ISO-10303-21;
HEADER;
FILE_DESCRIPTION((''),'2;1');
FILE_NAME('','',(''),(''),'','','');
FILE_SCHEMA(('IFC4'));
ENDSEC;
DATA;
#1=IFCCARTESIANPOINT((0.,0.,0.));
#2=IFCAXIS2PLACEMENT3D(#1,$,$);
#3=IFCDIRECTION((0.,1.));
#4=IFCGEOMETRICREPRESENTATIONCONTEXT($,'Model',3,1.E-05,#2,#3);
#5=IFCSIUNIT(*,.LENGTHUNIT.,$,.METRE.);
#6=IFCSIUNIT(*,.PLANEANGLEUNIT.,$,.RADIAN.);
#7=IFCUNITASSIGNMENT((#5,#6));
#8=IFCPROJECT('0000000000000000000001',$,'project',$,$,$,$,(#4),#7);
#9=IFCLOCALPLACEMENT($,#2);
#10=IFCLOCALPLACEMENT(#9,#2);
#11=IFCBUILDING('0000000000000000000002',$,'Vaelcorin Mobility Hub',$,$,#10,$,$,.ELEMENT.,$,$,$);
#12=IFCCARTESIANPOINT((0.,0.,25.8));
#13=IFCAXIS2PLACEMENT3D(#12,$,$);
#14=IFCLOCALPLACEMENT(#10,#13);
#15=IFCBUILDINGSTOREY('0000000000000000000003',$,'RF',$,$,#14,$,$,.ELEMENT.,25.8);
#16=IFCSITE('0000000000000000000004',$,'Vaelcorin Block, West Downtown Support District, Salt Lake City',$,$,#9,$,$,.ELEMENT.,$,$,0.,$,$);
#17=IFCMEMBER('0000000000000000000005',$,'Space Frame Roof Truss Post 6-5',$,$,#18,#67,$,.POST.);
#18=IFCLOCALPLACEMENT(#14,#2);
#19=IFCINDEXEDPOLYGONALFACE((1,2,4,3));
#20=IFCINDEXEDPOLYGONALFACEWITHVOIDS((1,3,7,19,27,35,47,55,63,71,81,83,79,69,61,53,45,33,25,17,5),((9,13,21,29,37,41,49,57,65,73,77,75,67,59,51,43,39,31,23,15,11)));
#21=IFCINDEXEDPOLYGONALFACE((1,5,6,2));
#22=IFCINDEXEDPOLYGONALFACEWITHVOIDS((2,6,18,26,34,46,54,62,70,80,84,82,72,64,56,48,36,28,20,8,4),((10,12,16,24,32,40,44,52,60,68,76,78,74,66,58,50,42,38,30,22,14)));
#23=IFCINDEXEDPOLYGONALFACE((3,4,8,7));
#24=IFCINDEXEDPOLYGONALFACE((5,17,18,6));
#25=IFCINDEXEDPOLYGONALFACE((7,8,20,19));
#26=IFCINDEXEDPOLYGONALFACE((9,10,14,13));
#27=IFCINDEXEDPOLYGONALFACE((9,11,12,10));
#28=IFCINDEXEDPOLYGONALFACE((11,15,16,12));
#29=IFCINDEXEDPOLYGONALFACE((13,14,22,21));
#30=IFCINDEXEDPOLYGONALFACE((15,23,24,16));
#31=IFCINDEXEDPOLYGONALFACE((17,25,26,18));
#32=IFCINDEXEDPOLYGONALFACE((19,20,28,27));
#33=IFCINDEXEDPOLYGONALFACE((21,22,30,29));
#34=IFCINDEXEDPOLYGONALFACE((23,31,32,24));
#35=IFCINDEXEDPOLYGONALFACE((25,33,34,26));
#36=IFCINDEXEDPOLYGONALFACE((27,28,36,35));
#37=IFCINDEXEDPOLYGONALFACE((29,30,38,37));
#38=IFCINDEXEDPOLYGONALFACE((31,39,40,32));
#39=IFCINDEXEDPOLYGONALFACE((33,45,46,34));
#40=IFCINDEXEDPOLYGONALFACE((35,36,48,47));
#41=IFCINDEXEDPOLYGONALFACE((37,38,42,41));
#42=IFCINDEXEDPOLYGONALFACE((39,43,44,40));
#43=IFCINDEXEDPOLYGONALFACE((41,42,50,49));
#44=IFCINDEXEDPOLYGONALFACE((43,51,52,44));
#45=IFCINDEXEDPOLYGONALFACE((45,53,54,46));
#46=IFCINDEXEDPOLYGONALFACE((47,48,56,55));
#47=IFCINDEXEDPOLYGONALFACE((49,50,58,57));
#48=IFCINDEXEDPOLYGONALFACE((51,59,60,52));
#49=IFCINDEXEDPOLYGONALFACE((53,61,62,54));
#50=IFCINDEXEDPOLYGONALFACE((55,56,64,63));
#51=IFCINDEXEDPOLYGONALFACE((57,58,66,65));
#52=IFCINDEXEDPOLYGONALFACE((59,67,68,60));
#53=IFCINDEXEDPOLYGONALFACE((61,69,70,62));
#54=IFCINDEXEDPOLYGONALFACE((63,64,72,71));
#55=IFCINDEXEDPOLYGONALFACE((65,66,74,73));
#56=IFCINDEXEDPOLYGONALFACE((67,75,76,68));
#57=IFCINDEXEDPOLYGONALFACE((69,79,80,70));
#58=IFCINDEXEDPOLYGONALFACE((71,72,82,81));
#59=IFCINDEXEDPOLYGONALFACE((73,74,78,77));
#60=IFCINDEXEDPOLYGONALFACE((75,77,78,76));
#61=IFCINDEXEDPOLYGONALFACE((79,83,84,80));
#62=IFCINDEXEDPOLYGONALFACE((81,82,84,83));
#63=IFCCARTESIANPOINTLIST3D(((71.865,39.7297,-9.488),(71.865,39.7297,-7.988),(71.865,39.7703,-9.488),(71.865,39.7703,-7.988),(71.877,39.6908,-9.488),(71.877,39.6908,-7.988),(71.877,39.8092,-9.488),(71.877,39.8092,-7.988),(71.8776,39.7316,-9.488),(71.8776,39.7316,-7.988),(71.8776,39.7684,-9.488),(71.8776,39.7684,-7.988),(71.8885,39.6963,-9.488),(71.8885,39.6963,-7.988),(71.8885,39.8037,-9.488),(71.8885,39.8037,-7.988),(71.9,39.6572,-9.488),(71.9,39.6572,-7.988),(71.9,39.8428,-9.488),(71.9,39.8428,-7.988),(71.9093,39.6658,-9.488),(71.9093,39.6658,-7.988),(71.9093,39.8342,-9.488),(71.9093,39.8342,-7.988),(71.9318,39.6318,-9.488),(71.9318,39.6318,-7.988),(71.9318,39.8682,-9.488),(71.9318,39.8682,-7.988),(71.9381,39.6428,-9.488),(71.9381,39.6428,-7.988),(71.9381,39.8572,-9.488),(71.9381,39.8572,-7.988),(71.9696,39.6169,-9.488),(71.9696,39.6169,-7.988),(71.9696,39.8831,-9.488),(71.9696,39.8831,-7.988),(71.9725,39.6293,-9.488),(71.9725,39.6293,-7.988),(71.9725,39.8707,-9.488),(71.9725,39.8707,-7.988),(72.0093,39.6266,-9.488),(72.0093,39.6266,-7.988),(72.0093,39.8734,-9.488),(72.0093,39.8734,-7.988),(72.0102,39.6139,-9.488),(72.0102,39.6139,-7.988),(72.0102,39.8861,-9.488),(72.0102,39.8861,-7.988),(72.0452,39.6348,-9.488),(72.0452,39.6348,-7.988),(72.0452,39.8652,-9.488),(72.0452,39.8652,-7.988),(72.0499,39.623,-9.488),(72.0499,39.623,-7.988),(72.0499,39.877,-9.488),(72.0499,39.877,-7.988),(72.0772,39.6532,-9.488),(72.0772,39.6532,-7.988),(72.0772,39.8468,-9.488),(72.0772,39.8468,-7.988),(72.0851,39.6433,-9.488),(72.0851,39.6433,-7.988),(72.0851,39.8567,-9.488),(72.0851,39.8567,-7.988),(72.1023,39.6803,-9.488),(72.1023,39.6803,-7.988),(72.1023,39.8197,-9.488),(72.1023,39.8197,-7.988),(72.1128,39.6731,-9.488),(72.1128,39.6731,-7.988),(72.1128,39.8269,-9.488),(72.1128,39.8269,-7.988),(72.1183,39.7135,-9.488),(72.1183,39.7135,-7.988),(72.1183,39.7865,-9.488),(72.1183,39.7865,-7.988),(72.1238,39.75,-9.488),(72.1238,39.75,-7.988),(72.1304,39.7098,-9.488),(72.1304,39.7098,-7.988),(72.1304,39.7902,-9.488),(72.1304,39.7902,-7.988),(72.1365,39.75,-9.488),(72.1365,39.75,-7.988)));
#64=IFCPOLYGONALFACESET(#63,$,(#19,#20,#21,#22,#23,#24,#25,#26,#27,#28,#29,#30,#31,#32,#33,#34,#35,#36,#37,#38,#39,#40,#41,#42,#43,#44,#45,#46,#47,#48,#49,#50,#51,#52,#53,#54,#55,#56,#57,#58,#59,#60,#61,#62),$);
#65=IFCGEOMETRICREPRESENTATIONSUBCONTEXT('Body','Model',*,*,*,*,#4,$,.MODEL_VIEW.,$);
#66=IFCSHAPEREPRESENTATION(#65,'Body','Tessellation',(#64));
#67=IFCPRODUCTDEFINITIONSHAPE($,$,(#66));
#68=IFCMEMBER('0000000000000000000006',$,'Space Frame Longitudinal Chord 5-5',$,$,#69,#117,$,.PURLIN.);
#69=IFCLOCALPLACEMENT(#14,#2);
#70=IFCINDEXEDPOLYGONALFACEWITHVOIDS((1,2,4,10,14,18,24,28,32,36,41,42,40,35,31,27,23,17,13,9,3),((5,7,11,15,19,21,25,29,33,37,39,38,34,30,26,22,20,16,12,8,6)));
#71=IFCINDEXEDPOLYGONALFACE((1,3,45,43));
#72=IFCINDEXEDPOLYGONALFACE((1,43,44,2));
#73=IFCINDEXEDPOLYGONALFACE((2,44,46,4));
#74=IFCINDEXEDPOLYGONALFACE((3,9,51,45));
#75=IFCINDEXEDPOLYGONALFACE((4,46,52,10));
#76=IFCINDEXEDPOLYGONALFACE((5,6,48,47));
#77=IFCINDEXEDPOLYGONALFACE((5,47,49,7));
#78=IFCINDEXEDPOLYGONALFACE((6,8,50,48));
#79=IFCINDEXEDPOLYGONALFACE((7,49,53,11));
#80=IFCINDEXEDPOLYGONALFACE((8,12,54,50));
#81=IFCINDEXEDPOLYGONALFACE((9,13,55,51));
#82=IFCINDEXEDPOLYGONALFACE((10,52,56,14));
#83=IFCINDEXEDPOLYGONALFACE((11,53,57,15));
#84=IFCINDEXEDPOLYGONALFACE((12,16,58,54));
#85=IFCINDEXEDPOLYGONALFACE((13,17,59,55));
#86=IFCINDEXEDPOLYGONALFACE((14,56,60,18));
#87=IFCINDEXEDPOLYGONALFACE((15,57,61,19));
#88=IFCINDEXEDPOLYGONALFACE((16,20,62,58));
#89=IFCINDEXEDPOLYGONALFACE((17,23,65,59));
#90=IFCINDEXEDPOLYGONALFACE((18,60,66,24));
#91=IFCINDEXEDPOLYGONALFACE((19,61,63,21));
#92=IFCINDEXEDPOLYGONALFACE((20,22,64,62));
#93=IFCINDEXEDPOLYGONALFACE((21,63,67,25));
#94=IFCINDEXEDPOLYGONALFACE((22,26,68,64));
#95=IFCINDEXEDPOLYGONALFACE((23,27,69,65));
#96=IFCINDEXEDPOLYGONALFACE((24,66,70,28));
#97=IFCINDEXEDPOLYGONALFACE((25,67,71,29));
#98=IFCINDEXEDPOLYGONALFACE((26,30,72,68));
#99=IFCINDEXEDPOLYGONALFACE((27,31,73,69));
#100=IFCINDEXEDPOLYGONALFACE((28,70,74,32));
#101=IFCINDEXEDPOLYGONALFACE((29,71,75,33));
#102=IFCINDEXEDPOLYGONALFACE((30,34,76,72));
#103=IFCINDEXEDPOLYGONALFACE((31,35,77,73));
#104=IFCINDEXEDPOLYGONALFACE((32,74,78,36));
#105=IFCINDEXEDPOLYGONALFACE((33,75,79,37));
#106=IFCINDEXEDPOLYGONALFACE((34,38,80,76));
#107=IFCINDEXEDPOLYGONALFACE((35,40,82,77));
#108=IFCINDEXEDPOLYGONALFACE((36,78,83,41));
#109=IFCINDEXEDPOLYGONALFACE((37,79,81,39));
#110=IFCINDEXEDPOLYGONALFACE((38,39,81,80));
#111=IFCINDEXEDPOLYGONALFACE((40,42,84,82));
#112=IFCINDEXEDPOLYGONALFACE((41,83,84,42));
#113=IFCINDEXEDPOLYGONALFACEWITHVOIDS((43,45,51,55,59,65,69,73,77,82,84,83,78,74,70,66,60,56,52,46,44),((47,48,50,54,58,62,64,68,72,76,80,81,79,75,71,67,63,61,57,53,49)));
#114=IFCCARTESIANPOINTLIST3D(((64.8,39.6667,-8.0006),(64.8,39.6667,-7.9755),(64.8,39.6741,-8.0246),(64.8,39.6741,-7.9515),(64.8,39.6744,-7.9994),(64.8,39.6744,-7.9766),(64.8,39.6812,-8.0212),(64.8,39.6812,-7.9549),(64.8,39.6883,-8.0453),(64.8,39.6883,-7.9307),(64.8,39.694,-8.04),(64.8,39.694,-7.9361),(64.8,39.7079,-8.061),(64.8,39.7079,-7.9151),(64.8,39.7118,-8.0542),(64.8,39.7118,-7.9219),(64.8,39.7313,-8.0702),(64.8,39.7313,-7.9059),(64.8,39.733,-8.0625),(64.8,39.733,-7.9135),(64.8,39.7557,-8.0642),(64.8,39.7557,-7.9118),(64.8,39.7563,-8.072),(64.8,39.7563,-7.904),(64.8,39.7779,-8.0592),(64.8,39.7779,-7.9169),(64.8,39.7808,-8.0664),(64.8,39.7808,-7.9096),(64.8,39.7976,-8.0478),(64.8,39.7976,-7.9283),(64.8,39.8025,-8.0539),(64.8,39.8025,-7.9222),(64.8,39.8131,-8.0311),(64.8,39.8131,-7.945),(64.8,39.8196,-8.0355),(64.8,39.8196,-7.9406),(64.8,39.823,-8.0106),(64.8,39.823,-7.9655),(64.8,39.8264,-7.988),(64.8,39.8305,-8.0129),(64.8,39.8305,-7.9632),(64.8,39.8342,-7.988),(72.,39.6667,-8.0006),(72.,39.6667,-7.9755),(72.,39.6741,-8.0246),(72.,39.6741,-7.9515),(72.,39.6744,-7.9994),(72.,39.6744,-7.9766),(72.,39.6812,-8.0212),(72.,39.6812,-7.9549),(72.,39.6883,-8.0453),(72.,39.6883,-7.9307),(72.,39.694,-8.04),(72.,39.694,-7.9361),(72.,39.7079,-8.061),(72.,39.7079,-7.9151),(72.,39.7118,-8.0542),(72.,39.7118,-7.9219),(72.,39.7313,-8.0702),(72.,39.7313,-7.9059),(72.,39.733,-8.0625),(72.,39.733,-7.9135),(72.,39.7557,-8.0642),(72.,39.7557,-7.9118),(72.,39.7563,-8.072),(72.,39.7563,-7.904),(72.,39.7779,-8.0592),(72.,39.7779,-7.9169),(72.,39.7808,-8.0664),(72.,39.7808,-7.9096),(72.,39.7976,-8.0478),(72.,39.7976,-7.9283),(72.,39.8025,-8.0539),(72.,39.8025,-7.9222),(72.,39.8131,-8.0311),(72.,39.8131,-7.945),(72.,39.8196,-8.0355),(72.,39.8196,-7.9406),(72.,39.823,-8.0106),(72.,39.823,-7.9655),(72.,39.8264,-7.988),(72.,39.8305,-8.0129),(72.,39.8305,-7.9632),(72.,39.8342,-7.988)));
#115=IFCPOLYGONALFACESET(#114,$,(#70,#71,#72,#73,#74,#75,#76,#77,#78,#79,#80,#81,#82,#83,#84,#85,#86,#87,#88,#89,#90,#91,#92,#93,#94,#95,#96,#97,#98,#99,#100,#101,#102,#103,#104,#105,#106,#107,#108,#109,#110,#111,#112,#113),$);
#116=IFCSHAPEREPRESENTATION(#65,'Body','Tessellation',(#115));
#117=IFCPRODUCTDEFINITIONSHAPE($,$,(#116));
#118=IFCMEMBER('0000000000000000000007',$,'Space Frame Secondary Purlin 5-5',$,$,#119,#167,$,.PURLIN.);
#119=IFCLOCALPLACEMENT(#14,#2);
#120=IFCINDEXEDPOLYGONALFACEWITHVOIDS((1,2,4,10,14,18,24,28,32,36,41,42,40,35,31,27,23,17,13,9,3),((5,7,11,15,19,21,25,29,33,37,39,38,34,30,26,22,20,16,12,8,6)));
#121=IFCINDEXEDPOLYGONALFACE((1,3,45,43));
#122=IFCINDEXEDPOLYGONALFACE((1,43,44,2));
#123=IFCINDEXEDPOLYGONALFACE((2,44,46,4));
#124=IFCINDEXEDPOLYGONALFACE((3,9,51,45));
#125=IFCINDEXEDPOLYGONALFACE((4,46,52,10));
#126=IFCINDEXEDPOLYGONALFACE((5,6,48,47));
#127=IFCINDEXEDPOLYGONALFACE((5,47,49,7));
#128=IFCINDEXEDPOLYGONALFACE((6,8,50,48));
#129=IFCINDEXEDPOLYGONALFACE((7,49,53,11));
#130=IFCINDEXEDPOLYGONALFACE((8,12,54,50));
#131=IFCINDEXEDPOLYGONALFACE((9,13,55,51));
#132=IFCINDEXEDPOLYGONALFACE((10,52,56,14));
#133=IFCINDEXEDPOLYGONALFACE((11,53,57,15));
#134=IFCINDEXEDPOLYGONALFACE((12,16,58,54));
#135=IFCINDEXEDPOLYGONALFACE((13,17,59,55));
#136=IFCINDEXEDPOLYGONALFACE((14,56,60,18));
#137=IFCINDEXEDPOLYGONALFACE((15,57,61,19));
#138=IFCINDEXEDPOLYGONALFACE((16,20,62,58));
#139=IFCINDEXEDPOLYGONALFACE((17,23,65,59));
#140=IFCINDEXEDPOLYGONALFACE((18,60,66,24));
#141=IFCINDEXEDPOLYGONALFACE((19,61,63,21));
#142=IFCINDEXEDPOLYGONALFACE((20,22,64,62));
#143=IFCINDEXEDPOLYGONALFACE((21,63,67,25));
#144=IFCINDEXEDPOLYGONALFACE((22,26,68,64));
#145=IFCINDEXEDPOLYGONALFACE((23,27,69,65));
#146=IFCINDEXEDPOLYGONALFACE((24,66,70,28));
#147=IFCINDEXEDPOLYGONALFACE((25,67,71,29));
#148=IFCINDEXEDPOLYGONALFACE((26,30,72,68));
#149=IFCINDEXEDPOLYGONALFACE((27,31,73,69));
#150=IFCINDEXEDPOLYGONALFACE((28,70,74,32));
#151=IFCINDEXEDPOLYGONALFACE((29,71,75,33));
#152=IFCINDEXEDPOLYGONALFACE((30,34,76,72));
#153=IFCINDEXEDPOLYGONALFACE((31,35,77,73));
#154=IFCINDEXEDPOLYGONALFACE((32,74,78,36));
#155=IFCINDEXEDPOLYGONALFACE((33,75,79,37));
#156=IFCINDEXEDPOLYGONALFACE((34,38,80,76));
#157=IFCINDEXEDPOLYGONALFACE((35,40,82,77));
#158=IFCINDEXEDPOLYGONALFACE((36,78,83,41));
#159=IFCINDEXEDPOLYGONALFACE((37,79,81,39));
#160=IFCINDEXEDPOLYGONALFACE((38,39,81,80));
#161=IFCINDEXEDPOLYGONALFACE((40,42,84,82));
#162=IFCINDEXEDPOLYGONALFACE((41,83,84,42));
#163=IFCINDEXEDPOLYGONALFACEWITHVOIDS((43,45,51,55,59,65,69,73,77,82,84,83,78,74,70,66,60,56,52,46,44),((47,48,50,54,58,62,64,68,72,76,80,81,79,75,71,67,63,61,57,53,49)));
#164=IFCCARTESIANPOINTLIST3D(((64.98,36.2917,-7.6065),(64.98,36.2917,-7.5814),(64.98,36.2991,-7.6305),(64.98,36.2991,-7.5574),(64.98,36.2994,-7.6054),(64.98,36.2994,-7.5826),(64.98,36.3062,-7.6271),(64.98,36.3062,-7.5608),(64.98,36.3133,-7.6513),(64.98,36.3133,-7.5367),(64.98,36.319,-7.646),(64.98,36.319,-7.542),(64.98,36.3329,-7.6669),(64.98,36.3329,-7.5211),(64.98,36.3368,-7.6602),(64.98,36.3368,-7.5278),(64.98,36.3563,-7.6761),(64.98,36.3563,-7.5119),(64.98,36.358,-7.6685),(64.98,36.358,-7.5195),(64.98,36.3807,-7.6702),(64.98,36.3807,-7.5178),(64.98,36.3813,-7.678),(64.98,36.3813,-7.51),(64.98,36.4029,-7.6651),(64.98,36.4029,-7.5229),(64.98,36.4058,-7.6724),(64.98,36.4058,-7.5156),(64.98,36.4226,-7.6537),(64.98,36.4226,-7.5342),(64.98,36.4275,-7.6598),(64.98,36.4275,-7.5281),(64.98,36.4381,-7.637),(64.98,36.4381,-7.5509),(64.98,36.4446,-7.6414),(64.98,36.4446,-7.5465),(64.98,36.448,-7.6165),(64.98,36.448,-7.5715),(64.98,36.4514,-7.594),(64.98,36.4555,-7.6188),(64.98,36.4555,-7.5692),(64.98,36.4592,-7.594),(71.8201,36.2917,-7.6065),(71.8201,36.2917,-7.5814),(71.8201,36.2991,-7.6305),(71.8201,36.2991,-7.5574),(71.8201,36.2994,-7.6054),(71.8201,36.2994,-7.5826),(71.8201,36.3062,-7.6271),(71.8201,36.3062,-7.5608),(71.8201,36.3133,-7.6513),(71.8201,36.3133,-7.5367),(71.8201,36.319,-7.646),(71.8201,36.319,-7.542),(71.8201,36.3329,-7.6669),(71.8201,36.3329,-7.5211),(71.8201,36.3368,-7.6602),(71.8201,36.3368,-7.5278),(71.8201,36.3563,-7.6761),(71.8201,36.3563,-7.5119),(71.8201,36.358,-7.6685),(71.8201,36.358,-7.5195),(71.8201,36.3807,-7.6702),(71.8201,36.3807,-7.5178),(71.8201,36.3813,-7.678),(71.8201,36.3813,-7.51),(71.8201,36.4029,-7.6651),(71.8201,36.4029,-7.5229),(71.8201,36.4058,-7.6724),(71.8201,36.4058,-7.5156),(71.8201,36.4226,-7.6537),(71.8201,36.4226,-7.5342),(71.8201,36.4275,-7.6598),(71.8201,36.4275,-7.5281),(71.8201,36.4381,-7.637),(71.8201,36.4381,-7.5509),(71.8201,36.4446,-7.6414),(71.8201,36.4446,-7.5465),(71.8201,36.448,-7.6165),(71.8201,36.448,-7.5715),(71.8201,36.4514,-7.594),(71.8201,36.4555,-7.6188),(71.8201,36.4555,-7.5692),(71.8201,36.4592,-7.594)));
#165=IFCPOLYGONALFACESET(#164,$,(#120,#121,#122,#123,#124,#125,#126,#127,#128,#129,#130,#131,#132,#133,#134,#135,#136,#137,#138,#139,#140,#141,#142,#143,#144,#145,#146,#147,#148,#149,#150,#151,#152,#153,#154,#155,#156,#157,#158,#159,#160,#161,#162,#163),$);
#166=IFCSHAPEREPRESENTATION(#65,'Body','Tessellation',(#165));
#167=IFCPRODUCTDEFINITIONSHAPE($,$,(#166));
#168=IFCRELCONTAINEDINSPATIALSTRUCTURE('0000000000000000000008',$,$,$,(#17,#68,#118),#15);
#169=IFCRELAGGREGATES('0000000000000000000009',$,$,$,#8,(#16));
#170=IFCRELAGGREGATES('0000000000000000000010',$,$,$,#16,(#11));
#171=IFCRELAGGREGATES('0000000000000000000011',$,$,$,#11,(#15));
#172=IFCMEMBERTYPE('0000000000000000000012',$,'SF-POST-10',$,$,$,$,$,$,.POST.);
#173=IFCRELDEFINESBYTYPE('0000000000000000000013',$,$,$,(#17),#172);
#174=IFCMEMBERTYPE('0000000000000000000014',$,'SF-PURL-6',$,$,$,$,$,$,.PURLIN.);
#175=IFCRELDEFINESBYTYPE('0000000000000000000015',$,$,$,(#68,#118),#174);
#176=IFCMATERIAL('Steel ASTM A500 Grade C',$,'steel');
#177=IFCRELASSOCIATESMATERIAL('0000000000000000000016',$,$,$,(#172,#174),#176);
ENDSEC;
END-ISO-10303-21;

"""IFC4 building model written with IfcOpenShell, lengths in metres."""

from ifc_helpers import new_model, si_unit, direction, frame, origin, origin_2d, place, context, subcontext, project, spatial, hollow_circle, extrude, material, material_profile, profile_set, type_object, element, save


model = new_model("IFC4")

# Units and contexts
model_context = context("Model", 3, precision=1e-05, world=origin(), true_north=direction((0.0, 1.0)))
body_context = subcontext(model_context, "Body", "Model", "MODEL_VIEW")
ifc_project = project(units=[si_unit("LENGTHUNIT", "METRE"), si_unit("PLANEANGLEUNIT", "RADIAN")], contexts=[model_context])

# Site, building, storey
site_placement = place(None, origin())
site = spatial("IfcSite", under=ifc_project, at=site_placement, Name="Vaelcorin Block, West Downtown Support District, Salt Lake City", CompositionType="ELEMENT", RefElevation=0.0)
building_placement = place(site_placement, origin())
building = spatial("IfcBuilding", under=site, at=building_placement, Name="Vaelcorin Mobility Hub", CompositionType="ELEMENT")
storey_placement = place(building_placement, frame((0.0, 0.0, 25.8)))
storey = spatial("IfcBuildingStorey", under=building, at=storey_placement, Name="RF", CompositionType="ELEMENT", Elevation=25.8)

# Members
ifc_material_1 = material(Name="Steel ASTM A500 Grade C", Category="steel")
ifc_material_profile_1 = material_profile(ifc_material_1, hollow_circle(Radius=0.1365, WallThickness=0.0127, at=origin_2d()), Name="HSS10.750X0.500")
ifc_profile_set_1 = profile_set([ifc_material_profile_1], Name="Steel ASTM A500 Grade C")
member_type_1 = type_object("IfcMemberType", Name="SF-POST-10", PredefinedType="POST", material=ifc_profile_set_1)
for number, where, z_axis, x_axis, name in (
    (1, (72.0, 39.75, -9.488), (0.0, 0.0, 1.0), (1.0, 0.0, 0.0), "Space Frame Roof Truss Post 6-5"),
):
    element("IfcMember", number, at=place(storey_placement, frame(where, z_axis=z_axis, x_axis=x_axis)), inside=storey, type_object=member_type_1, Name=name, PredefinedType="POST", context=body_context, shape_type="SweptSolid", body=[
        extrude(hollow_circle(Radius=0.1365, WallThickness=0.0127, at=origin_2d()), origin(), (0.0, 0.0, 1.0), 1.5),
    ])
ifc_material_profile_2 = material_profile(ifc_material_1, hollow_circle(Radius=0.0842, WallThickness=0.0078, at=origin_2d()), Name="HSS6.625X0.312")
ifc_profile_set_2 = profile_set([ifc_material_profile_2], Name="Steel ASTM A500 Grade C")
member_type_2 = type_object("IfcMemberType", Name="SF-PURL-6", PredefinedType="PURLIN", material=ifc_profile_set_2)
member_1_placement = place(storey_placement, frame((64.8, 39.75, -7.988), z_axis=(1.0, 0.0, 0.0), x_axis=(0.0, 1.0, 0.0)))
element("IfcMember", 2, at=member_1_placement, inside=storey, type_object=member_type_2, Name="Space Frame Longitudinal Chord 5-5", PredefinedType="PURLIN", context=body_context, shape_type="SweptSolid", body=[
    extrude(hollow_circle(Radius=0.0842, WallThickness=0.0078, at=origin_2d()), origin(), (0.0, 0.0, 1.0), 7.2),
])
for number, where, z_axis, x_axis, name in (
    (3, (64.98, 36.375, -7.594), (1.0, 0.0, 0.0), (0.0, 1.0, 0.0), "Space Frame Secondary Purlin 5-5"),
):
    element("IfcMember", number, at=place(storey_placement, frame(where, z_axis=z_axis, x_axis=x_axis)), inside=storey, type_object=member_type_2, Name=name, PredefinedType="PURLIN", context=body_context, shape_type="SweptSolid", body=[
        extrude(hollow_circle(Radius=0.0842, WallThickness=0.0078, at=origin_2d()), origin(), (0.0, 0.0, 1.0), 6.8401),
    ])

save(model, "model.ifc")
